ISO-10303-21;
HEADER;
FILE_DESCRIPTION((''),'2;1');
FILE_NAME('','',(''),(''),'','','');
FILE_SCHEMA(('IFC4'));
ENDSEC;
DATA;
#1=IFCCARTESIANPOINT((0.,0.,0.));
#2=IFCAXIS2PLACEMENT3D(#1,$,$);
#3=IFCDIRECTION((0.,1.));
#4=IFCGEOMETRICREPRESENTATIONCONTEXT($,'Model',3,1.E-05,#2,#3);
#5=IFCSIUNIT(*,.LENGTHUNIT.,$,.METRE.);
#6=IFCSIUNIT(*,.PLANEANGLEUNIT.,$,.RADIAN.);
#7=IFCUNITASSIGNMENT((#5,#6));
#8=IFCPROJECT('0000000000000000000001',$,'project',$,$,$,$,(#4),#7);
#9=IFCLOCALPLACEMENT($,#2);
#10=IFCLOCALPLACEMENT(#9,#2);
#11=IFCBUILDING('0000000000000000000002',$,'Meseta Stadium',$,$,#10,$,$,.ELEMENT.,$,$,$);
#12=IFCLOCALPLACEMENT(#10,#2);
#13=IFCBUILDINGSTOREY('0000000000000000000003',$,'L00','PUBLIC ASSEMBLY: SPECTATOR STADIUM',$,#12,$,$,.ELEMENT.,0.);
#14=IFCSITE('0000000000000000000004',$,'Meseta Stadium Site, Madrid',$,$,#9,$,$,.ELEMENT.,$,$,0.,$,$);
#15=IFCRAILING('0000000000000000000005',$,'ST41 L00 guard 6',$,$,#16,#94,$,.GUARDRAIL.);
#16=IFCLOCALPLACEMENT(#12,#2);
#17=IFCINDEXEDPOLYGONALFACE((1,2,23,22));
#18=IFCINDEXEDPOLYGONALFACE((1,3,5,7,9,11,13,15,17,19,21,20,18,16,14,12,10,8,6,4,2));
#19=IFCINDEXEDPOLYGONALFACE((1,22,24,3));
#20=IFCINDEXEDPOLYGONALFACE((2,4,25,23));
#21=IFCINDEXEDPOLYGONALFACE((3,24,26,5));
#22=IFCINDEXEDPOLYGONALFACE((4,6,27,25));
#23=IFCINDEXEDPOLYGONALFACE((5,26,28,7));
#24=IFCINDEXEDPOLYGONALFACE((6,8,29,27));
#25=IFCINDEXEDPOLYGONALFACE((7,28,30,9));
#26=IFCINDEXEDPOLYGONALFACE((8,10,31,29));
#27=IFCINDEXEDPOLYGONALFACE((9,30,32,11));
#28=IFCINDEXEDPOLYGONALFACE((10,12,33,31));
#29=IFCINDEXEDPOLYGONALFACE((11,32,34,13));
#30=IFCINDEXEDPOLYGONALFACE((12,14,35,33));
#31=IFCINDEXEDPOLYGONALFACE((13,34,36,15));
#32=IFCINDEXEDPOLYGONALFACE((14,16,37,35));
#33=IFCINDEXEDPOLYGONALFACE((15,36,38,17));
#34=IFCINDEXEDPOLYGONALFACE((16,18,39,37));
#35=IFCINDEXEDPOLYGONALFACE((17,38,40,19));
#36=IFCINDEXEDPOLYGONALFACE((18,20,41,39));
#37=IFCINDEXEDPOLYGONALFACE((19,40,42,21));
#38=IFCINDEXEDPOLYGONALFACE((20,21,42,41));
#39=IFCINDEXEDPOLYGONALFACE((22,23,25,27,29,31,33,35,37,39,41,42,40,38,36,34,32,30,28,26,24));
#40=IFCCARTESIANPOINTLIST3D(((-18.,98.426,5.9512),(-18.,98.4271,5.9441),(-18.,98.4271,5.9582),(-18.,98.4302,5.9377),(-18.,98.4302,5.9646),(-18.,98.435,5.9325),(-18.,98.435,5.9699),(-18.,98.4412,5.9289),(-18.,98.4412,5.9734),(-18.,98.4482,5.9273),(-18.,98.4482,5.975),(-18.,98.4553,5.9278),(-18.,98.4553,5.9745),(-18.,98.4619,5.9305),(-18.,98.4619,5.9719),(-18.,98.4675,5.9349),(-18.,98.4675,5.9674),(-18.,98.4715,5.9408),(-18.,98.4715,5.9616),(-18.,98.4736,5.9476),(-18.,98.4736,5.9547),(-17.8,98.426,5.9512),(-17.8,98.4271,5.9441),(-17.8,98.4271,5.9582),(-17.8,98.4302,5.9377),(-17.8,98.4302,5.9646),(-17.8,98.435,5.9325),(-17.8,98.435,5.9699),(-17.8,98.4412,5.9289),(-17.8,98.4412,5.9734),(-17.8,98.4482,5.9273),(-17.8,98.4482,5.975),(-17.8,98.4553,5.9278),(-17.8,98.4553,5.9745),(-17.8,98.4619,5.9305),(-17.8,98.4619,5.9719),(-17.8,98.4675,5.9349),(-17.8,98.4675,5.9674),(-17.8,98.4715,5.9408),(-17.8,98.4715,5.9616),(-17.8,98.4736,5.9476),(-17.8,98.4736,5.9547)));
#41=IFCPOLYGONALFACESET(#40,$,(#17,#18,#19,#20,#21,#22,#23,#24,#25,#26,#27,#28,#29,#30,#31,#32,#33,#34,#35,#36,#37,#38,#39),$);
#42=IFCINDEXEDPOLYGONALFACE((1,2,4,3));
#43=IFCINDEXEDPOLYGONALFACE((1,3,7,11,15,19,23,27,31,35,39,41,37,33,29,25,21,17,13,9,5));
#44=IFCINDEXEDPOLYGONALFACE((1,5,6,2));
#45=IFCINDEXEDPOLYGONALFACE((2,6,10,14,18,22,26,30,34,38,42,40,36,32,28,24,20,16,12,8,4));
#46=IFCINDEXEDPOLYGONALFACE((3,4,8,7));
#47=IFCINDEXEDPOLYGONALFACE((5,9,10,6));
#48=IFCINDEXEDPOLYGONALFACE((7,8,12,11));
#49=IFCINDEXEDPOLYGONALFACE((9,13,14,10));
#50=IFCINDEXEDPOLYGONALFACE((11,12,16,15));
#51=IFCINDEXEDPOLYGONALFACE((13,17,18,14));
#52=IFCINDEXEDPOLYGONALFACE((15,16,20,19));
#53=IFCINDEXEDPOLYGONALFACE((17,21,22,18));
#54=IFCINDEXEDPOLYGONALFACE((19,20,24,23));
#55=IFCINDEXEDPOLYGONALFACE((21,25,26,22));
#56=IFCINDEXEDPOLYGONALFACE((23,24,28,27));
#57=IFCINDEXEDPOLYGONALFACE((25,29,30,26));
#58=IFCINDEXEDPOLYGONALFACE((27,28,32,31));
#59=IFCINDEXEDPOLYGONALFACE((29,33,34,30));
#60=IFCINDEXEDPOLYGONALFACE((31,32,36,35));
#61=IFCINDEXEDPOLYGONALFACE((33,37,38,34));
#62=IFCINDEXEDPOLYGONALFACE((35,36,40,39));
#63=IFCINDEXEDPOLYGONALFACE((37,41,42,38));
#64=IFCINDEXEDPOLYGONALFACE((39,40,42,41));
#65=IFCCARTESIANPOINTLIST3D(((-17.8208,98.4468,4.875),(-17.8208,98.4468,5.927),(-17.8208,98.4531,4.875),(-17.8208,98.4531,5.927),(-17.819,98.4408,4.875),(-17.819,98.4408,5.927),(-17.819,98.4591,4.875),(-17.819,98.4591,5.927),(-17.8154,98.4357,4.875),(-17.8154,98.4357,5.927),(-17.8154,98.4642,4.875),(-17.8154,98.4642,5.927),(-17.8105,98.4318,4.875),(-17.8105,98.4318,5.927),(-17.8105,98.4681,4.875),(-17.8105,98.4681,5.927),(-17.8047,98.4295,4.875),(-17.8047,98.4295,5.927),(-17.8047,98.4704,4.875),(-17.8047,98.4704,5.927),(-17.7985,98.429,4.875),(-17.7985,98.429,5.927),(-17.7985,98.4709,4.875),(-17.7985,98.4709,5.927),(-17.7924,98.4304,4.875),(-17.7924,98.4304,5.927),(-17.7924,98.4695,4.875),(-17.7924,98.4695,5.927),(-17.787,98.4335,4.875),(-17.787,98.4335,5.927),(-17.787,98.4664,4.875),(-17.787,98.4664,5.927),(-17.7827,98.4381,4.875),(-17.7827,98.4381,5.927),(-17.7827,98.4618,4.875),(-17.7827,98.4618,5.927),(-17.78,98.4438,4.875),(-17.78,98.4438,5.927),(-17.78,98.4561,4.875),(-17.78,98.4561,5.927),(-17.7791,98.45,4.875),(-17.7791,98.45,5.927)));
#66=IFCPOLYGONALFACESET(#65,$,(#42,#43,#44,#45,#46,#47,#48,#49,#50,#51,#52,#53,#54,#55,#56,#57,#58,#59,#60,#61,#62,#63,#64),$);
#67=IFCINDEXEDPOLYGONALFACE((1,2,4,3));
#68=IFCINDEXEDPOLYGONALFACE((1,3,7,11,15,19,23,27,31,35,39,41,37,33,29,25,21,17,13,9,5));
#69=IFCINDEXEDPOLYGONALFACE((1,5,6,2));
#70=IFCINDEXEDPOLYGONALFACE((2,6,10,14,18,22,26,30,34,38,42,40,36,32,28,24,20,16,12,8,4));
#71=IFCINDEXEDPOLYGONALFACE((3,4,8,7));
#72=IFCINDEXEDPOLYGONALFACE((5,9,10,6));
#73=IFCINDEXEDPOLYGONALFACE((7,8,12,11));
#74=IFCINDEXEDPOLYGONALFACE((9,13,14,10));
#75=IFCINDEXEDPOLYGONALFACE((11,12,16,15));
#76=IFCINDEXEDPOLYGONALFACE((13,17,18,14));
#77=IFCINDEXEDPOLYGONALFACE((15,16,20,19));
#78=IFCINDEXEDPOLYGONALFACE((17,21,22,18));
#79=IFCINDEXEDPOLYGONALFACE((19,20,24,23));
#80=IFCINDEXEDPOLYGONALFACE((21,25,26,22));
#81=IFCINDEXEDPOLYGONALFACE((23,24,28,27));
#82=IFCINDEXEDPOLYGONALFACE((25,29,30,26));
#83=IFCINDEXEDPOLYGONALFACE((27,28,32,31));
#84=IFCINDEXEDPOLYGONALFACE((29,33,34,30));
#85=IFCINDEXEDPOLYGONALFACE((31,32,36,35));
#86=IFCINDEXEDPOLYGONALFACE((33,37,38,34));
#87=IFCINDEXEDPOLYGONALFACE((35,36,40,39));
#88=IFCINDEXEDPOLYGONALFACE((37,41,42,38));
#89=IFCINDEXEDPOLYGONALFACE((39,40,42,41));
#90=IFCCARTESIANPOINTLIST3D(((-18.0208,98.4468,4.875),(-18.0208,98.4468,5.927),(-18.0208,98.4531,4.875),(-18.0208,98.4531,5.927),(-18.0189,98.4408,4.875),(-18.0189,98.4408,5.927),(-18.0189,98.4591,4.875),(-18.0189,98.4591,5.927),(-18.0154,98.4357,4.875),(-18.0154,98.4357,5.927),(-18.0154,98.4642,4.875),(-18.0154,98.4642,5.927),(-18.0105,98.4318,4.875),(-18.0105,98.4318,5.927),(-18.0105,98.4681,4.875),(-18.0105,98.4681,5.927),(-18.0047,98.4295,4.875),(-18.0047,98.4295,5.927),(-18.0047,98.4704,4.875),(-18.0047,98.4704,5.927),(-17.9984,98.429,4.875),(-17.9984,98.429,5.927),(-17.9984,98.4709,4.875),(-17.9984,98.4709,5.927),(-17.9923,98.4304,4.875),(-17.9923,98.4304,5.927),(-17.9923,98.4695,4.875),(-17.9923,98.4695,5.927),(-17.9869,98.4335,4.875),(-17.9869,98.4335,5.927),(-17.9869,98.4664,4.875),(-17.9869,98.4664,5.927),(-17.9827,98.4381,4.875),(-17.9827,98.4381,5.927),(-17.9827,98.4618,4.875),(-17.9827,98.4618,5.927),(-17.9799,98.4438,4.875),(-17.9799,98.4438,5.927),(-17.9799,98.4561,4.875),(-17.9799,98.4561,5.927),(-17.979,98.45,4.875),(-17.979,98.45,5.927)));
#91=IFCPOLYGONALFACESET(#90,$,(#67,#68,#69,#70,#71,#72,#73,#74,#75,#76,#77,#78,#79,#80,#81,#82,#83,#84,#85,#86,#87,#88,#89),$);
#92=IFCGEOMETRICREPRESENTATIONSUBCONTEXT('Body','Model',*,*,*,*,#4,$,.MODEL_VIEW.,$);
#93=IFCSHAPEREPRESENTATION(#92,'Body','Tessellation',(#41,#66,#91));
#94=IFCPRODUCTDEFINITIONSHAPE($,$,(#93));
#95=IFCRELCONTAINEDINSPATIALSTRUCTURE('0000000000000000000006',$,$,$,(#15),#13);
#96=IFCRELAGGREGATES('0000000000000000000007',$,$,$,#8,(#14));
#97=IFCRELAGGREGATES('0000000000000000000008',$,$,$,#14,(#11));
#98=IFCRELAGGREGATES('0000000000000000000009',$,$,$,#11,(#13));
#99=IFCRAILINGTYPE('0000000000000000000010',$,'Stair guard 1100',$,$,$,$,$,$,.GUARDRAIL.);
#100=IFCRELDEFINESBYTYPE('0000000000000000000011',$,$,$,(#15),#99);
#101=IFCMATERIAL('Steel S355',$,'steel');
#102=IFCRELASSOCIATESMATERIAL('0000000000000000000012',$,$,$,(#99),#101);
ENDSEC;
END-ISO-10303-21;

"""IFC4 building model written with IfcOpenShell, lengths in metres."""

from ifc_helpers import new_model, si_unit, direction, frame, origin, origin_2d, place, context, subcontext, project, spatial, circle, extrude, material, type_object, element, save


model = new_model("IFC4")

# Units and contexts
model_context = context("Model", 3, precision=1e-05, world=origin(), true_north=direction((0.0, 1.0)))
body_context = subcontext(model_context, "Body", "Model", "MODEL_VIEW")
ifc_project = project(units=[si_unit("LENGTHUNIT", "METRE"), si_unit("PLANEANGLEUNIT", "RADIAN")], contexts=[model_context])

# Site, building, storey
site_placement = place(None, origin())
site = spatial("IfcSite", under=ifc_project, at=site_placement, Name="Meseta Stadium Site, Madrid", CompositionType="ELEMENT", RefElevation=0.0)
building_placement = place(site_placement, origin())
building = spatial("IfcBuilding", under=site, at=building_placement, Name="Meseta Stadium", CompositionType="ELEMENT")
storey_placement = place(building_placement, origin())
storey = spatial("IfcBuildingStorey", under=building, at=storey_placement, Name="L00", Description="PUBLIC ASSEMBLY: SPECTATOR STADIUM", CompositionType="ELEMENT", Elevation=0.0)

# Railing
ifc_material_1 = material(Name="Steel S355", Category="steel")
railing_type_1 = type_object("IfcRailingType", Name="Stair guard 1100", PredefinedType="GUARDRAIL", material=ifc_material_1)
railing_1_placement = place(storey_placement, frame((-17.8, 98.45, 4.875)))
element("IfcRailing", 1, at=railing_1_placement, inside=storey, type_object=railing_type_1, Name="ST41 L00 guard 6", PredefinedType="GUARDRAIL", context=body_context, shape_type="SweptSolid", body=[
    extrude(circle(Radius=0.0239, at=origin_2d()), frame((0.0, 0.0, 1.0762), z_axis=(-1.0, 0.0, 0.0), x_axis=(0.0, -1.0, 0.0)), (0.0, 0.0, 1.0), 0.2),
    extrude(circle(Radius=0.021, at=origin_2d()), origin(), (0.0, 0.0, 1.0), 1.052),
    extrude(circle(Radius=0.021, at=origin_2d()), frame((-0.2, 0.0, 0.0)), (0.0, 0.0, 1.0), 1.052),
])

save(model, "model.ifc")
